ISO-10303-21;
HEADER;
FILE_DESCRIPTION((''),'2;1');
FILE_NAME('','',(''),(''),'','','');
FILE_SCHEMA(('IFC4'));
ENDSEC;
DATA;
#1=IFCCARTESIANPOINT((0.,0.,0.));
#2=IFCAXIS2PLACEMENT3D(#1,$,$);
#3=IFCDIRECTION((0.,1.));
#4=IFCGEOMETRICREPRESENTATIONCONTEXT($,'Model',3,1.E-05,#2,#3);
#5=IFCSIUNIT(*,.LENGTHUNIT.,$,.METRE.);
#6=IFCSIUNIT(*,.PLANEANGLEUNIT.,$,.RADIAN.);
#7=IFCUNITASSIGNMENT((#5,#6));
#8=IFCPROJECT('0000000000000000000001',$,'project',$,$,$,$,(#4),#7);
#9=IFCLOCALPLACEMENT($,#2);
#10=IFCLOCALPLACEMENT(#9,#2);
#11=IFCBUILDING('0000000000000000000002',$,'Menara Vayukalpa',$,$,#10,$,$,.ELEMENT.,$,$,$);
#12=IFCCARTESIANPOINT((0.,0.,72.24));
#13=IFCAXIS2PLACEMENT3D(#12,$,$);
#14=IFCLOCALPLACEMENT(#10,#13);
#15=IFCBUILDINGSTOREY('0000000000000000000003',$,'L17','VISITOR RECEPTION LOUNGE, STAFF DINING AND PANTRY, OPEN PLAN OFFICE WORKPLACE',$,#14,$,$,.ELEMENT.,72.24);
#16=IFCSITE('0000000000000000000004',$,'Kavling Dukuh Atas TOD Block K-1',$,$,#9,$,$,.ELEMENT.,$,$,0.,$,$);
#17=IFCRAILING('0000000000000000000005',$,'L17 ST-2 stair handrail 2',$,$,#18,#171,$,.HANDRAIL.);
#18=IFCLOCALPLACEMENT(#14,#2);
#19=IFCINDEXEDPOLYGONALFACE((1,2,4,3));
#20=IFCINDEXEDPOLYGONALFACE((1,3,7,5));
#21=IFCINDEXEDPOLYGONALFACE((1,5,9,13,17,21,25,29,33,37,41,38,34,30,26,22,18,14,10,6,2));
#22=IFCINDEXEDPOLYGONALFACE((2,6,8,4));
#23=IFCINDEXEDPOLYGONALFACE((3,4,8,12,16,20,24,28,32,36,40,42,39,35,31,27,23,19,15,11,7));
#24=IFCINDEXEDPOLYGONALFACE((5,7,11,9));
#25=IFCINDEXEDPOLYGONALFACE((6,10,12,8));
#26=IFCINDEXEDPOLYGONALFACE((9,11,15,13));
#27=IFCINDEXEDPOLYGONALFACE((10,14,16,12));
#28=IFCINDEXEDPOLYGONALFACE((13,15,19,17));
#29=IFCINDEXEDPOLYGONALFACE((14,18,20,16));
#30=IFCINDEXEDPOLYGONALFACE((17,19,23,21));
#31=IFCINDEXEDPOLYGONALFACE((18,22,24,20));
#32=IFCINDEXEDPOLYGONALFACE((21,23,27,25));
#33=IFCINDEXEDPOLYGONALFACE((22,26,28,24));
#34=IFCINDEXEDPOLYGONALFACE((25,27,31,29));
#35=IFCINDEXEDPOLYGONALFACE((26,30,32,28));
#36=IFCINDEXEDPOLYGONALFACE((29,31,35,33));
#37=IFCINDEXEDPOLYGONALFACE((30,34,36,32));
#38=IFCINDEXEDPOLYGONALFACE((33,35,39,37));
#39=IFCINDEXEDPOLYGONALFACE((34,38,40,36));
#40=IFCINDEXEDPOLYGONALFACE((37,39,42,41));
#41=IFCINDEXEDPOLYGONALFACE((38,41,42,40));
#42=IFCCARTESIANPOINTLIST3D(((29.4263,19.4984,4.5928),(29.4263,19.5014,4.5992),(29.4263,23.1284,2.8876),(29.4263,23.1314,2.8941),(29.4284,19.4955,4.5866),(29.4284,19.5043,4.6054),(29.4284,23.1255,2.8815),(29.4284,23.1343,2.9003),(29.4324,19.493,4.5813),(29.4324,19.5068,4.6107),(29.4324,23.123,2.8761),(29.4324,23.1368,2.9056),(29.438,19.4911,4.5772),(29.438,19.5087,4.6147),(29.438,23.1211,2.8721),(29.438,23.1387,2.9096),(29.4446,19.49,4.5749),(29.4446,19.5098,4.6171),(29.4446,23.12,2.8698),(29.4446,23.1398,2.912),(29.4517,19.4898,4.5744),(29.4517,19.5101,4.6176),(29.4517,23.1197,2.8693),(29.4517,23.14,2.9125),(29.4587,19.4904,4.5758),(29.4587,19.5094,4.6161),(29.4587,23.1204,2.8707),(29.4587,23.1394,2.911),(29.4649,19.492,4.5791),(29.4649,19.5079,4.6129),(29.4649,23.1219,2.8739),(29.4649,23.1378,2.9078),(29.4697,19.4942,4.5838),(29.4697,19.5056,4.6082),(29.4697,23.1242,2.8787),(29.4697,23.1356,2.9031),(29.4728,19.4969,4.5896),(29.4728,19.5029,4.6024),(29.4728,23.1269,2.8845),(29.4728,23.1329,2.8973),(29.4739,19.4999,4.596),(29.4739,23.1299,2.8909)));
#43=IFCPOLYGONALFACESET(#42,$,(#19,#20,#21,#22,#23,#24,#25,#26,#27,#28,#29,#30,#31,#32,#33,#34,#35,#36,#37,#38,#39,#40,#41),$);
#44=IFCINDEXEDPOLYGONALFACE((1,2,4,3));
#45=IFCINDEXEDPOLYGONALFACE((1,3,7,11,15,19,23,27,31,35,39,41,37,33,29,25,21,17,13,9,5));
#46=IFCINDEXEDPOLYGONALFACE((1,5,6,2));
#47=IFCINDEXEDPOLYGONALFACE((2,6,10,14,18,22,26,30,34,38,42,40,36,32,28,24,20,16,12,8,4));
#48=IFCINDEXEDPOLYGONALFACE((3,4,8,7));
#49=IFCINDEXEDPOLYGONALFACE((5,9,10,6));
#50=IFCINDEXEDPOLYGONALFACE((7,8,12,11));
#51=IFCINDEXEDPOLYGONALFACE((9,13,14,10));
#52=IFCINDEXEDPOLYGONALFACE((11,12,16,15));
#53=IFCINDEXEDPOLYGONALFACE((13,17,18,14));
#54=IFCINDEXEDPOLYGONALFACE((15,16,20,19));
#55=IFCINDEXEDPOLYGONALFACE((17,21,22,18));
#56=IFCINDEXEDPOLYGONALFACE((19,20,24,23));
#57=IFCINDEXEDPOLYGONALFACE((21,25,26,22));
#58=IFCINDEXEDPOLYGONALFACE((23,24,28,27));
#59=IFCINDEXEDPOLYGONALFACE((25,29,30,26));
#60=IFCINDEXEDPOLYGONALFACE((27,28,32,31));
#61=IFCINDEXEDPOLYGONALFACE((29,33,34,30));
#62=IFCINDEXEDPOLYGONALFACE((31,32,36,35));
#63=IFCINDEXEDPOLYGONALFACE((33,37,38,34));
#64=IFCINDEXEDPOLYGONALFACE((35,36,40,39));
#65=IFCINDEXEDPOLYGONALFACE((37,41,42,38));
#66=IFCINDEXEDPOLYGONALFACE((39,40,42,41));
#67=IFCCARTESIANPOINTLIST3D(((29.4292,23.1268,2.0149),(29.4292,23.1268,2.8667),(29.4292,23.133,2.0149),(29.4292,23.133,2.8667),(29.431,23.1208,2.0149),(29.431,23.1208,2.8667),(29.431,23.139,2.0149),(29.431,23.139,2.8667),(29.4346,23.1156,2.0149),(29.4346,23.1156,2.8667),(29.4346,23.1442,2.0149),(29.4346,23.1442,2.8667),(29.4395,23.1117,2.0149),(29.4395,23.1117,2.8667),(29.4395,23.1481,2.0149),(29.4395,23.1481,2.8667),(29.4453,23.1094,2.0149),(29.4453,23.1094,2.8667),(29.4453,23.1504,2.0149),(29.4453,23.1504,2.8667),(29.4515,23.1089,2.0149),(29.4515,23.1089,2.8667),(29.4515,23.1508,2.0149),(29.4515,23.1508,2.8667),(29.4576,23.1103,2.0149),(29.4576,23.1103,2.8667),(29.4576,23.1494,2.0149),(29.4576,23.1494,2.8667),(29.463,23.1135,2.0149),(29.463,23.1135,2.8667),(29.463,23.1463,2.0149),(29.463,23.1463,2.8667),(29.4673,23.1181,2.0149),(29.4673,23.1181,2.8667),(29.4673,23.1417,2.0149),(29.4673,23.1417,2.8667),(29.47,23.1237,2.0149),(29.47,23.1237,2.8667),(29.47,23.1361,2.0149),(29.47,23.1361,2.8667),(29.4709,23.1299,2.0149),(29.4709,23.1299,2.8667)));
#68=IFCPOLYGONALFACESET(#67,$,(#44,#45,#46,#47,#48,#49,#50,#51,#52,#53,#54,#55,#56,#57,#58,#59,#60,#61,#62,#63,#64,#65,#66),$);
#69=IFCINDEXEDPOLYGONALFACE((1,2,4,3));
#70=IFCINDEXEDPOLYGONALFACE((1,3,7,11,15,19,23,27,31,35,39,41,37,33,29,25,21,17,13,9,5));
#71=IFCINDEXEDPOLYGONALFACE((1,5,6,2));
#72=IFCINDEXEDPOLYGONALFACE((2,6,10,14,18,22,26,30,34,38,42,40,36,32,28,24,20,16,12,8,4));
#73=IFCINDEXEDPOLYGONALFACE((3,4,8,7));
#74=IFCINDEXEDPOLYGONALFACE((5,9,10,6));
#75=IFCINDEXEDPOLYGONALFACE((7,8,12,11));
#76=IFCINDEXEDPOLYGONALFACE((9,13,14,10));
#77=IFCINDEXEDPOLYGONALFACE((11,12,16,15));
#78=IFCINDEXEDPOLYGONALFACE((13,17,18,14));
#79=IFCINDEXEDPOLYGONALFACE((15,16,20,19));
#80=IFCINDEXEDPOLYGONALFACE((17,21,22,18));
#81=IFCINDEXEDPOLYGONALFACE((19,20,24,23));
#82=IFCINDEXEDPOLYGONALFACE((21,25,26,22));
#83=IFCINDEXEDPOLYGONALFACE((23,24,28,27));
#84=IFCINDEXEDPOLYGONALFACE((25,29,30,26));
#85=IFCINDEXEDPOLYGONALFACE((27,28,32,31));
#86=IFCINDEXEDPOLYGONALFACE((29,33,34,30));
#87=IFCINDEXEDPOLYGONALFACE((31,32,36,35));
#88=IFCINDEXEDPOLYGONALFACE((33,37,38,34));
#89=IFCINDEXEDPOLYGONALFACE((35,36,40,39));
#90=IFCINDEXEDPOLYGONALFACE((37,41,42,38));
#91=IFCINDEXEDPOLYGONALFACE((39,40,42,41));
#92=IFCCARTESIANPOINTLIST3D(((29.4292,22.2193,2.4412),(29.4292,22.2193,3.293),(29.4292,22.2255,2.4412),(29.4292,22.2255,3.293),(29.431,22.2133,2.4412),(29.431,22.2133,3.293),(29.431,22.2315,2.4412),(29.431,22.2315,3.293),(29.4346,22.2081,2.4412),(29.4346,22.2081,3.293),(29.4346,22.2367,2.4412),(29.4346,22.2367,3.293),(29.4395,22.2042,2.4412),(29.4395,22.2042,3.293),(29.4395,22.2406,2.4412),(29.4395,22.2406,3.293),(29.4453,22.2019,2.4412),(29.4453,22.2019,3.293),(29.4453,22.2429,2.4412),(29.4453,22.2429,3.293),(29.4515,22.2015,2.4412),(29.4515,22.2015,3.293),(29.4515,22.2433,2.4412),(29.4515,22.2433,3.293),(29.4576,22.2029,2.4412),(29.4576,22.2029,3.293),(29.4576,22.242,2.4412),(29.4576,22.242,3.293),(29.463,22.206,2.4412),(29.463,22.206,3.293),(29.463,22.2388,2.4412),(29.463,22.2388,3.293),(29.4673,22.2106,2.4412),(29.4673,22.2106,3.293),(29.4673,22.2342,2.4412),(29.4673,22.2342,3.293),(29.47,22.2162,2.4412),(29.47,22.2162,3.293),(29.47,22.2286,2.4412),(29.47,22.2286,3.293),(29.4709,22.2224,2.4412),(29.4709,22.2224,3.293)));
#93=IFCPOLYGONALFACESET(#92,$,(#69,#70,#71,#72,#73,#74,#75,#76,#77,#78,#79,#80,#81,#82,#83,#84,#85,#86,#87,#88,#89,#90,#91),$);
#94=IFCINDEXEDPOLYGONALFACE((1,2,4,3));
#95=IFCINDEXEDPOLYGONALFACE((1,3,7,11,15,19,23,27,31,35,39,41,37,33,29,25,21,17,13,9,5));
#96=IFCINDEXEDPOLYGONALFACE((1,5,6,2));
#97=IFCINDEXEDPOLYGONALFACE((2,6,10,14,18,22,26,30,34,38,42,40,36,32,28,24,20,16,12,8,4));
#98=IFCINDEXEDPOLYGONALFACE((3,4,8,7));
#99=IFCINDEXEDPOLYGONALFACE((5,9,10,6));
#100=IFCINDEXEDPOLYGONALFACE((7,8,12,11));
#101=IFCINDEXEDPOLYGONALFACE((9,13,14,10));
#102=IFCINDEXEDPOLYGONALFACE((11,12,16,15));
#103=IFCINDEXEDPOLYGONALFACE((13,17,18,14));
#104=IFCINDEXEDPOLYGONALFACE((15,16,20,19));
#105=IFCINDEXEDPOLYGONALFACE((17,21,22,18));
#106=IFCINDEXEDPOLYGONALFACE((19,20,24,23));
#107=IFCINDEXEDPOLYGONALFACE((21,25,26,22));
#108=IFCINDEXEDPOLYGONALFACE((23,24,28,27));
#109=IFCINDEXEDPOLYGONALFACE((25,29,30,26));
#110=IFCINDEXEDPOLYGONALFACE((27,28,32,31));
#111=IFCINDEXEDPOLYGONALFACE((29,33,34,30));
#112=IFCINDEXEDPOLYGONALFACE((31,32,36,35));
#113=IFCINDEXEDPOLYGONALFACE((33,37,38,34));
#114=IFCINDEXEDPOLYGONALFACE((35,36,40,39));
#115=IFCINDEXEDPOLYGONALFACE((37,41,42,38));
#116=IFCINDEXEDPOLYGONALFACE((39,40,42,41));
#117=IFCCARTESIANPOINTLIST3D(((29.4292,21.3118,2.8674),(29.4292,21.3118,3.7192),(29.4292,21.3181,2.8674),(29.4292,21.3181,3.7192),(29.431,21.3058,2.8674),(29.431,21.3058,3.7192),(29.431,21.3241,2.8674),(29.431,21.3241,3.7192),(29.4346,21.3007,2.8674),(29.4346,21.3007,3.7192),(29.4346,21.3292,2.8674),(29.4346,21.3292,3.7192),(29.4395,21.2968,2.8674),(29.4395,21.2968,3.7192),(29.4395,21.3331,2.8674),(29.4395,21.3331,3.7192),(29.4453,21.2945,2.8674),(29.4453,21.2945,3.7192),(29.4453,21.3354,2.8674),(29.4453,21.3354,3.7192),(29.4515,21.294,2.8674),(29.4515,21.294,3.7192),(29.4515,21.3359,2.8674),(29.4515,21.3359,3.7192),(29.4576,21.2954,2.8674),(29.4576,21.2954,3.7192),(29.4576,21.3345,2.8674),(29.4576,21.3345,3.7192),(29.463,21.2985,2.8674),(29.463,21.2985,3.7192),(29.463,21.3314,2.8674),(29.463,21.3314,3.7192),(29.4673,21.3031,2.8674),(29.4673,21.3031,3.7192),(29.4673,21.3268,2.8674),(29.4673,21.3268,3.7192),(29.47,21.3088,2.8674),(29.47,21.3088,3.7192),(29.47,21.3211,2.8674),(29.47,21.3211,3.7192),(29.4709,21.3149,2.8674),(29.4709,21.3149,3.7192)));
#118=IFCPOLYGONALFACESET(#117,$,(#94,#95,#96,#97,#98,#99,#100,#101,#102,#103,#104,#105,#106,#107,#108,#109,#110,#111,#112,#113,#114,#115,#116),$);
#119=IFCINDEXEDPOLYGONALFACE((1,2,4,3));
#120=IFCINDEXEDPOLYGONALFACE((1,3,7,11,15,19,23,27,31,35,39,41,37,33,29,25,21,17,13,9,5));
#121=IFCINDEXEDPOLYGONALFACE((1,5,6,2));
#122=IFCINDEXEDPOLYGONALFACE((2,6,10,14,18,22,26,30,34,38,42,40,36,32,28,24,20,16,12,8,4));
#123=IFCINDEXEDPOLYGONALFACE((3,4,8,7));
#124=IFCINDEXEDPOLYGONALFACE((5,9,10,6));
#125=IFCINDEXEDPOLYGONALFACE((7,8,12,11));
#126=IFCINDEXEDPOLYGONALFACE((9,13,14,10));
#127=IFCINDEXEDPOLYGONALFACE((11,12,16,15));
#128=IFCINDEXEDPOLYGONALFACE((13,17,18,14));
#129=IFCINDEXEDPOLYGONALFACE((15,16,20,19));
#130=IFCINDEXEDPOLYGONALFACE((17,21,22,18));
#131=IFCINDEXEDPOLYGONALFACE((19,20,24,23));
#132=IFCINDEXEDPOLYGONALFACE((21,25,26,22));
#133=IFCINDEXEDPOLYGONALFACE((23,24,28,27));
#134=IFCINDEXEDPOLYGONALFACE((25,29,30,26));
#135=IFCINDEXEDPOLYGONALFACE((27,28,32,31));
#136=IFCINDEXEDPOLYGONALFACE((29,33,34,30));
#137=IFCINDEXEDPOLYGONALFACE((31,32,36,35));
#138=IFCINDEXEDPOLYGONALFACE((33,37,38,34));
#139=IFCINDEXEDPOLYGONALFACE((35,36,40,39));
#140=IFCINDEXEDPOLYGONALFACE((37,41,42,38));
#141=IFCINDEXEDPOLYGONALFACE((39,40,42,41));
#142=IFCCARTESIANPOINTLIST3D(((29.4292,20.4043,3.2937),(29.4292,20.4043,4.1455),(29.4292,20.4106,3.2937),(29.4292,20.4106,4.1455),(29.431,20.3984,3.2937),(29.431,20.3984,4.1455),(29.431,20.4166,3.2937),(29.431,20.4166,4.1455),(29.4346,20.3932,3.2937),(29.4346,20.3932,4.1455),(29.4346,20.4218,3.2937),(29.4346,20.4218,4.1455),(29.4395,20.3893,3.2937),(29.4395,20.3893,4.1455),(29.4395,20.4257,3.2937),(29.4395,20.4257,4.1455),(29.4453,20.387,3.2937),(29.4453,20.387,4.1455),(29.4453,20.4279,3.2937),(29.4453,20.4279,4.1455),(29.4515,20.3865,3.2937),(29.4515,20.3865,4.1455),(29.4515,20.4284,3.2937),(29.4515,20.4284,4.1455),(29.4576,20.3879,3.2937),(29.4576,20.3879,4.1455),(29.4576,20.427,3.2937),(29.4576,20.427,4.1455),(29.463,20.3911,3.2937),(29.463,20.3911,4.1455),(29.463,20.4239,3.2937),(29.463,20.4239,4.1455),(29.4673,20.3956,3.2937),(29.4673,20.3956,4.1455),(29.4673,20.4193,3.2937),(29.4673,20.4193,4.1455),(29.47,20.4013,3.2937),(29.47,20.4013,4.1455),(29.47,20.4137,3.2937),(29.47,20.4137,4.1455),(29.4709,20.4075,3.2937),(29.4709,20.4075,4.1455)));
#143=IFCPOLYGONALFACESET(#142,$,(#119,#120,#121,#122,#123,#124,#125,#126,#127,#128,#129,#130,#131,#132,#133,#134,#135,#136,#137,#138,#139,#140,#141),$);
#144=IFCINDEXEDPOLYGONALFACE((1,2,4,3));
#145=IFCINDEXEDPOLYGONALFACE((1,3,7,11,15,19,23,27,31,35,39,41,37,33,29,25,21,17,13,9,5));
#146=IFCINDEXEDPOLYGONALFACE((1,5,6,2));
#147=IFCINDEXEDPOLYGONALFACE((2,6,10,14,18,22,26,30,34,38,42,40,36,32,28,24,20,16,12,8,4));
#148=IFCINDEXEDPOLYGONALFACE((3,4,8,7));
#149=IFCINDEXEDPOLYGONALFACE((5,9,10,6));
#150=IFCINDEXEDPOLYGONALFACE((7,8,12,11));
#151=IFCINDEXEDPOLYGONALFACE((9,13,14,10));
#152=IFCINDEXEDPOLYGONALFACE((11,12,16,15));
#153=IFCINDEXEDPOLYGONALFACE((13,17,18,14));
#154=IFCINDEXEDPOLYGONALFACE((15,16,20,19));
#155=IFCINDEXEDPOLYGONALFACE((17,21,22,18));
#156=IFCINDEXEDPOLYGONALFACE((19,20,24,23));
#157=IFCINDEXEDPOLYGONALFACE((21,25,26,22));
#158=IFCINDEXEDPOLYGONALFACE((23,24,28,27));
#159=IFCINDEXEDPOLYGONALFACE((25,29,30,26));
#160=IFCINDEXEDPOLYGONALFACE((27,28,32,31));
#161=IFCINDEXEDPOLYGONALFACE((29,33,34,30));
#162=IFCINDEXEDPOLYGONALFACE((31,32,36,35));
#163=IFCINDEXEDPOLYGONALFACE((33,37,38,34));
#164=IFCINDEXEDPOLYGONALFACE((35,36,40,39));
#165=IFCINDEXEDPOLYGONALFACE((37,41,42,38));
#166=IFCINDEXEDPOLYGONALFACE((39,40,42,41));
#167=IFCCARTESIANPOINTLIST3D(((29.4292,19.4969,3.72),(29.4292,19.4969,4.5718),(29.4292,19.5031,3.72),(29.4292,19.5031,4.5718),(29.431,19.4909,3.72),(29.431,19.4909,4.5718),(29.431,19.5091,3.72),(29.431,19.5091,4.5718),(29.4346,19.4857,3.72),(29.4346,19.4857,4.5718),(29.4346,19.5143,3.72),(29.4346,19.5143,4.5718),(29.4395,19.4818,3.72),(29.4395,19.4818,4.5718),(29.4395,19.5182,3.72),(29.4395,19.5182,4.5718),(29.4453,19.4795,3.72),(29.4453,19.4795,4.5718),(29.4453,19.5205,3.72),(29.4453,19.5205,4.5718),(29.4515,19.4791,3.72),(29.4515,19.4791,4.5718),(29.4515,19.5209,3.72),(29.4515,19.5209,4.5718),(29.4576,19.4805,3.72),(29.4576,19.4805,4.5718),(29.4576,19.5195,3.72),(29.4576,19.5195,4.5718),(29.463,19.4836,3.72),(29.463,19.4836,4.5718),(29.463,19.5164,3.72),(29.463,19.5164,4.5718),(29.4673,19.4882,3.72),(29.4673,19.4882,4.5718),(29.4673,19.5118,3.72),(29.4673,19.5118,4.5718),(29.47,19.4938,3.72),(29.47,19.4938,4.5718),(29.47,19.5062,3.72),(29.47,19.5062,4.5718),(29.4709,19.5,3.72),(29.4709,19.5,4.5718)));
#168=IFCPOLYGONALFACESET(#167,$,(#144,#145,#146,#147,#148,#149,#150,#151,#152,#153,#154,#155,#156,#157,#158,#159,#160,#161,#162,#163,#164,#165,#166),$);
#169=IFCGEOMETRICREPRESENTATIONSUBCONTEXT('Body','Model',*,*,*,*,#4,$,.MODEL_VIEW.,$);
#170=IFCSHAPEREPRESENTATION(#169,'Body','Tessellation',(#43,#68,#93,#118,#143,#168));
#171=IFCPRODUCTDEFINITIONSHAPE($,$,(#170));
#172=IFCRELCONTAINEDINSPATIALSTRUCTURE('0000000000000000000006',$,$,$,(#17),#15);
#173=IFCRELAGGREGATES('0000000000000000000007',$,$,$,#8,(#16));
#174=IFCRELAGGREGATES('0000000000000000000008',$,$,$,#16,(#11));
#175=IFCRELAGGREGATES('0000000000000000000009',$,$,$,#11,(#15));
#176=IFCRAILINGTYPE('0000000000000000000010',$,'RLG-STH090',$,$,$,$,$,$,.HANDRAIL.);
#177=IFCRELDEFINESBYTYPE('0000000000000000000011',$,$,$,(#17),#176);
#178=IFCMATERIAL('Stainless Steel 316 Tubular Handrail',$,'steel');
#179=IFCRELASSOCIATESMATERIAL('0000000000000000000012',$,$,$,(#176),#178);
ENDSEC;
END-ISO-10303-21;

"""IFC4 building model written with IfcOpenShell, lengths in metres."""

from ifc_helpers import new_model, si_unit, direction, frame, origin, origin_2d, place, context, subcontext, project, spatial, circle, extrude, material, type_object, element, save


model = new_model("IFC4")

# Units and contexts
model_context = context("Model", 3, precision=1e-05, world=origin(), true_north=direction((0.0, 1.0)))
body_context = subcontext(model_context, "Body", "Model", "MODEL_VIEW")
ifc_project = project(units=[si_unit("LENGTHUNIT", "METRE"), si_unit("PLANEANGLEUNIT", "RADIAN")], contexts=[model_context])

# Site, building, storey
site_placement = place(None, origin())
site = spatial("IfcSite", under=ifc_project, at=site_placement, Name="Kavling Dukuh Atas TOD Block K-1", CompositionType="ELEMENT", RefElevation=0.0)
building_placement = place(site_placement, origin())
building = spatial("IfcBuilding", under=site, at=building_placement, Name="Menara Vayukalpa", CompositionType="ELEMENT")
storey_placement = place(building_placement, frame((0.0, 0.0, 72.24)))
storey = spatial("IfcBuildingStorey", under=building, at=storey_placement, Name="L17", Description="VISITOR RECEPTION LOUNGE, STAFF DINING AND PANTRY, OPEN PLAN OFFICE WORKPLACE", CompositionType="ELEMENT", Elevation=72.24)

# Railing
ifc_material_1 = material(Name="Stainless Steel 316 Tubular Handrail", Category="steel")
railing_type_1 = type_object("IfcRailingType", Name="RLG-STH090", PredefinedType="HANDRAIL", material=ifc_material_1)
railing_1_placement = place(storey_placement, frame((29.45, 23.1299, 2.0149)))
element("IfcRailing", 1, at=railing_1_placement, inside=storey, type_object=railing_type_1, Name="L17 ST-2 stair handrail 2", PredefinedType="HANDRAIL", context=body_context, shape_type="SweptSolid", body=[
    extrude(circle(Radius=0.0239, at=origin_2d()), frame((0.0, 0.0, 0.876), z_axis=(0.0, -0.905116, 0.425164), x_axis=(1.0, 0.0, 0.0)), (0.0, 0.0, 1.0), 4.0105),
    extrude(circle(Radius=0.021, at=origin_2d()), origin(), (0.0, 0.0, 1.0), 0.8518),
    extrude(circle(Radius=0.021, at=origin_2d()), frame((0.0, -0.9075, 0.4263)), (0.0, 0.0, 1.0), 0.8518),
    extrude(circle(Radius=0.021, at=origin_2d()), frame((0.0, -1.8149, 0.8525)), (0.0, 0.0, 1.0), 0.8518),
    extrude(circle(Radius=0.021, at=origin_2d()), frame((0.0, -2.7224, 1.2788)), (0.0, 0.0, 1.0), 0.8518),
    extrude(circle(Radius=0.021, at=origin_2d()), frame((0.0, -3.6299, 1.7051)), (0.0, 0.0, 1.0), 0.8518),
])

save(model, "model.ifc")
